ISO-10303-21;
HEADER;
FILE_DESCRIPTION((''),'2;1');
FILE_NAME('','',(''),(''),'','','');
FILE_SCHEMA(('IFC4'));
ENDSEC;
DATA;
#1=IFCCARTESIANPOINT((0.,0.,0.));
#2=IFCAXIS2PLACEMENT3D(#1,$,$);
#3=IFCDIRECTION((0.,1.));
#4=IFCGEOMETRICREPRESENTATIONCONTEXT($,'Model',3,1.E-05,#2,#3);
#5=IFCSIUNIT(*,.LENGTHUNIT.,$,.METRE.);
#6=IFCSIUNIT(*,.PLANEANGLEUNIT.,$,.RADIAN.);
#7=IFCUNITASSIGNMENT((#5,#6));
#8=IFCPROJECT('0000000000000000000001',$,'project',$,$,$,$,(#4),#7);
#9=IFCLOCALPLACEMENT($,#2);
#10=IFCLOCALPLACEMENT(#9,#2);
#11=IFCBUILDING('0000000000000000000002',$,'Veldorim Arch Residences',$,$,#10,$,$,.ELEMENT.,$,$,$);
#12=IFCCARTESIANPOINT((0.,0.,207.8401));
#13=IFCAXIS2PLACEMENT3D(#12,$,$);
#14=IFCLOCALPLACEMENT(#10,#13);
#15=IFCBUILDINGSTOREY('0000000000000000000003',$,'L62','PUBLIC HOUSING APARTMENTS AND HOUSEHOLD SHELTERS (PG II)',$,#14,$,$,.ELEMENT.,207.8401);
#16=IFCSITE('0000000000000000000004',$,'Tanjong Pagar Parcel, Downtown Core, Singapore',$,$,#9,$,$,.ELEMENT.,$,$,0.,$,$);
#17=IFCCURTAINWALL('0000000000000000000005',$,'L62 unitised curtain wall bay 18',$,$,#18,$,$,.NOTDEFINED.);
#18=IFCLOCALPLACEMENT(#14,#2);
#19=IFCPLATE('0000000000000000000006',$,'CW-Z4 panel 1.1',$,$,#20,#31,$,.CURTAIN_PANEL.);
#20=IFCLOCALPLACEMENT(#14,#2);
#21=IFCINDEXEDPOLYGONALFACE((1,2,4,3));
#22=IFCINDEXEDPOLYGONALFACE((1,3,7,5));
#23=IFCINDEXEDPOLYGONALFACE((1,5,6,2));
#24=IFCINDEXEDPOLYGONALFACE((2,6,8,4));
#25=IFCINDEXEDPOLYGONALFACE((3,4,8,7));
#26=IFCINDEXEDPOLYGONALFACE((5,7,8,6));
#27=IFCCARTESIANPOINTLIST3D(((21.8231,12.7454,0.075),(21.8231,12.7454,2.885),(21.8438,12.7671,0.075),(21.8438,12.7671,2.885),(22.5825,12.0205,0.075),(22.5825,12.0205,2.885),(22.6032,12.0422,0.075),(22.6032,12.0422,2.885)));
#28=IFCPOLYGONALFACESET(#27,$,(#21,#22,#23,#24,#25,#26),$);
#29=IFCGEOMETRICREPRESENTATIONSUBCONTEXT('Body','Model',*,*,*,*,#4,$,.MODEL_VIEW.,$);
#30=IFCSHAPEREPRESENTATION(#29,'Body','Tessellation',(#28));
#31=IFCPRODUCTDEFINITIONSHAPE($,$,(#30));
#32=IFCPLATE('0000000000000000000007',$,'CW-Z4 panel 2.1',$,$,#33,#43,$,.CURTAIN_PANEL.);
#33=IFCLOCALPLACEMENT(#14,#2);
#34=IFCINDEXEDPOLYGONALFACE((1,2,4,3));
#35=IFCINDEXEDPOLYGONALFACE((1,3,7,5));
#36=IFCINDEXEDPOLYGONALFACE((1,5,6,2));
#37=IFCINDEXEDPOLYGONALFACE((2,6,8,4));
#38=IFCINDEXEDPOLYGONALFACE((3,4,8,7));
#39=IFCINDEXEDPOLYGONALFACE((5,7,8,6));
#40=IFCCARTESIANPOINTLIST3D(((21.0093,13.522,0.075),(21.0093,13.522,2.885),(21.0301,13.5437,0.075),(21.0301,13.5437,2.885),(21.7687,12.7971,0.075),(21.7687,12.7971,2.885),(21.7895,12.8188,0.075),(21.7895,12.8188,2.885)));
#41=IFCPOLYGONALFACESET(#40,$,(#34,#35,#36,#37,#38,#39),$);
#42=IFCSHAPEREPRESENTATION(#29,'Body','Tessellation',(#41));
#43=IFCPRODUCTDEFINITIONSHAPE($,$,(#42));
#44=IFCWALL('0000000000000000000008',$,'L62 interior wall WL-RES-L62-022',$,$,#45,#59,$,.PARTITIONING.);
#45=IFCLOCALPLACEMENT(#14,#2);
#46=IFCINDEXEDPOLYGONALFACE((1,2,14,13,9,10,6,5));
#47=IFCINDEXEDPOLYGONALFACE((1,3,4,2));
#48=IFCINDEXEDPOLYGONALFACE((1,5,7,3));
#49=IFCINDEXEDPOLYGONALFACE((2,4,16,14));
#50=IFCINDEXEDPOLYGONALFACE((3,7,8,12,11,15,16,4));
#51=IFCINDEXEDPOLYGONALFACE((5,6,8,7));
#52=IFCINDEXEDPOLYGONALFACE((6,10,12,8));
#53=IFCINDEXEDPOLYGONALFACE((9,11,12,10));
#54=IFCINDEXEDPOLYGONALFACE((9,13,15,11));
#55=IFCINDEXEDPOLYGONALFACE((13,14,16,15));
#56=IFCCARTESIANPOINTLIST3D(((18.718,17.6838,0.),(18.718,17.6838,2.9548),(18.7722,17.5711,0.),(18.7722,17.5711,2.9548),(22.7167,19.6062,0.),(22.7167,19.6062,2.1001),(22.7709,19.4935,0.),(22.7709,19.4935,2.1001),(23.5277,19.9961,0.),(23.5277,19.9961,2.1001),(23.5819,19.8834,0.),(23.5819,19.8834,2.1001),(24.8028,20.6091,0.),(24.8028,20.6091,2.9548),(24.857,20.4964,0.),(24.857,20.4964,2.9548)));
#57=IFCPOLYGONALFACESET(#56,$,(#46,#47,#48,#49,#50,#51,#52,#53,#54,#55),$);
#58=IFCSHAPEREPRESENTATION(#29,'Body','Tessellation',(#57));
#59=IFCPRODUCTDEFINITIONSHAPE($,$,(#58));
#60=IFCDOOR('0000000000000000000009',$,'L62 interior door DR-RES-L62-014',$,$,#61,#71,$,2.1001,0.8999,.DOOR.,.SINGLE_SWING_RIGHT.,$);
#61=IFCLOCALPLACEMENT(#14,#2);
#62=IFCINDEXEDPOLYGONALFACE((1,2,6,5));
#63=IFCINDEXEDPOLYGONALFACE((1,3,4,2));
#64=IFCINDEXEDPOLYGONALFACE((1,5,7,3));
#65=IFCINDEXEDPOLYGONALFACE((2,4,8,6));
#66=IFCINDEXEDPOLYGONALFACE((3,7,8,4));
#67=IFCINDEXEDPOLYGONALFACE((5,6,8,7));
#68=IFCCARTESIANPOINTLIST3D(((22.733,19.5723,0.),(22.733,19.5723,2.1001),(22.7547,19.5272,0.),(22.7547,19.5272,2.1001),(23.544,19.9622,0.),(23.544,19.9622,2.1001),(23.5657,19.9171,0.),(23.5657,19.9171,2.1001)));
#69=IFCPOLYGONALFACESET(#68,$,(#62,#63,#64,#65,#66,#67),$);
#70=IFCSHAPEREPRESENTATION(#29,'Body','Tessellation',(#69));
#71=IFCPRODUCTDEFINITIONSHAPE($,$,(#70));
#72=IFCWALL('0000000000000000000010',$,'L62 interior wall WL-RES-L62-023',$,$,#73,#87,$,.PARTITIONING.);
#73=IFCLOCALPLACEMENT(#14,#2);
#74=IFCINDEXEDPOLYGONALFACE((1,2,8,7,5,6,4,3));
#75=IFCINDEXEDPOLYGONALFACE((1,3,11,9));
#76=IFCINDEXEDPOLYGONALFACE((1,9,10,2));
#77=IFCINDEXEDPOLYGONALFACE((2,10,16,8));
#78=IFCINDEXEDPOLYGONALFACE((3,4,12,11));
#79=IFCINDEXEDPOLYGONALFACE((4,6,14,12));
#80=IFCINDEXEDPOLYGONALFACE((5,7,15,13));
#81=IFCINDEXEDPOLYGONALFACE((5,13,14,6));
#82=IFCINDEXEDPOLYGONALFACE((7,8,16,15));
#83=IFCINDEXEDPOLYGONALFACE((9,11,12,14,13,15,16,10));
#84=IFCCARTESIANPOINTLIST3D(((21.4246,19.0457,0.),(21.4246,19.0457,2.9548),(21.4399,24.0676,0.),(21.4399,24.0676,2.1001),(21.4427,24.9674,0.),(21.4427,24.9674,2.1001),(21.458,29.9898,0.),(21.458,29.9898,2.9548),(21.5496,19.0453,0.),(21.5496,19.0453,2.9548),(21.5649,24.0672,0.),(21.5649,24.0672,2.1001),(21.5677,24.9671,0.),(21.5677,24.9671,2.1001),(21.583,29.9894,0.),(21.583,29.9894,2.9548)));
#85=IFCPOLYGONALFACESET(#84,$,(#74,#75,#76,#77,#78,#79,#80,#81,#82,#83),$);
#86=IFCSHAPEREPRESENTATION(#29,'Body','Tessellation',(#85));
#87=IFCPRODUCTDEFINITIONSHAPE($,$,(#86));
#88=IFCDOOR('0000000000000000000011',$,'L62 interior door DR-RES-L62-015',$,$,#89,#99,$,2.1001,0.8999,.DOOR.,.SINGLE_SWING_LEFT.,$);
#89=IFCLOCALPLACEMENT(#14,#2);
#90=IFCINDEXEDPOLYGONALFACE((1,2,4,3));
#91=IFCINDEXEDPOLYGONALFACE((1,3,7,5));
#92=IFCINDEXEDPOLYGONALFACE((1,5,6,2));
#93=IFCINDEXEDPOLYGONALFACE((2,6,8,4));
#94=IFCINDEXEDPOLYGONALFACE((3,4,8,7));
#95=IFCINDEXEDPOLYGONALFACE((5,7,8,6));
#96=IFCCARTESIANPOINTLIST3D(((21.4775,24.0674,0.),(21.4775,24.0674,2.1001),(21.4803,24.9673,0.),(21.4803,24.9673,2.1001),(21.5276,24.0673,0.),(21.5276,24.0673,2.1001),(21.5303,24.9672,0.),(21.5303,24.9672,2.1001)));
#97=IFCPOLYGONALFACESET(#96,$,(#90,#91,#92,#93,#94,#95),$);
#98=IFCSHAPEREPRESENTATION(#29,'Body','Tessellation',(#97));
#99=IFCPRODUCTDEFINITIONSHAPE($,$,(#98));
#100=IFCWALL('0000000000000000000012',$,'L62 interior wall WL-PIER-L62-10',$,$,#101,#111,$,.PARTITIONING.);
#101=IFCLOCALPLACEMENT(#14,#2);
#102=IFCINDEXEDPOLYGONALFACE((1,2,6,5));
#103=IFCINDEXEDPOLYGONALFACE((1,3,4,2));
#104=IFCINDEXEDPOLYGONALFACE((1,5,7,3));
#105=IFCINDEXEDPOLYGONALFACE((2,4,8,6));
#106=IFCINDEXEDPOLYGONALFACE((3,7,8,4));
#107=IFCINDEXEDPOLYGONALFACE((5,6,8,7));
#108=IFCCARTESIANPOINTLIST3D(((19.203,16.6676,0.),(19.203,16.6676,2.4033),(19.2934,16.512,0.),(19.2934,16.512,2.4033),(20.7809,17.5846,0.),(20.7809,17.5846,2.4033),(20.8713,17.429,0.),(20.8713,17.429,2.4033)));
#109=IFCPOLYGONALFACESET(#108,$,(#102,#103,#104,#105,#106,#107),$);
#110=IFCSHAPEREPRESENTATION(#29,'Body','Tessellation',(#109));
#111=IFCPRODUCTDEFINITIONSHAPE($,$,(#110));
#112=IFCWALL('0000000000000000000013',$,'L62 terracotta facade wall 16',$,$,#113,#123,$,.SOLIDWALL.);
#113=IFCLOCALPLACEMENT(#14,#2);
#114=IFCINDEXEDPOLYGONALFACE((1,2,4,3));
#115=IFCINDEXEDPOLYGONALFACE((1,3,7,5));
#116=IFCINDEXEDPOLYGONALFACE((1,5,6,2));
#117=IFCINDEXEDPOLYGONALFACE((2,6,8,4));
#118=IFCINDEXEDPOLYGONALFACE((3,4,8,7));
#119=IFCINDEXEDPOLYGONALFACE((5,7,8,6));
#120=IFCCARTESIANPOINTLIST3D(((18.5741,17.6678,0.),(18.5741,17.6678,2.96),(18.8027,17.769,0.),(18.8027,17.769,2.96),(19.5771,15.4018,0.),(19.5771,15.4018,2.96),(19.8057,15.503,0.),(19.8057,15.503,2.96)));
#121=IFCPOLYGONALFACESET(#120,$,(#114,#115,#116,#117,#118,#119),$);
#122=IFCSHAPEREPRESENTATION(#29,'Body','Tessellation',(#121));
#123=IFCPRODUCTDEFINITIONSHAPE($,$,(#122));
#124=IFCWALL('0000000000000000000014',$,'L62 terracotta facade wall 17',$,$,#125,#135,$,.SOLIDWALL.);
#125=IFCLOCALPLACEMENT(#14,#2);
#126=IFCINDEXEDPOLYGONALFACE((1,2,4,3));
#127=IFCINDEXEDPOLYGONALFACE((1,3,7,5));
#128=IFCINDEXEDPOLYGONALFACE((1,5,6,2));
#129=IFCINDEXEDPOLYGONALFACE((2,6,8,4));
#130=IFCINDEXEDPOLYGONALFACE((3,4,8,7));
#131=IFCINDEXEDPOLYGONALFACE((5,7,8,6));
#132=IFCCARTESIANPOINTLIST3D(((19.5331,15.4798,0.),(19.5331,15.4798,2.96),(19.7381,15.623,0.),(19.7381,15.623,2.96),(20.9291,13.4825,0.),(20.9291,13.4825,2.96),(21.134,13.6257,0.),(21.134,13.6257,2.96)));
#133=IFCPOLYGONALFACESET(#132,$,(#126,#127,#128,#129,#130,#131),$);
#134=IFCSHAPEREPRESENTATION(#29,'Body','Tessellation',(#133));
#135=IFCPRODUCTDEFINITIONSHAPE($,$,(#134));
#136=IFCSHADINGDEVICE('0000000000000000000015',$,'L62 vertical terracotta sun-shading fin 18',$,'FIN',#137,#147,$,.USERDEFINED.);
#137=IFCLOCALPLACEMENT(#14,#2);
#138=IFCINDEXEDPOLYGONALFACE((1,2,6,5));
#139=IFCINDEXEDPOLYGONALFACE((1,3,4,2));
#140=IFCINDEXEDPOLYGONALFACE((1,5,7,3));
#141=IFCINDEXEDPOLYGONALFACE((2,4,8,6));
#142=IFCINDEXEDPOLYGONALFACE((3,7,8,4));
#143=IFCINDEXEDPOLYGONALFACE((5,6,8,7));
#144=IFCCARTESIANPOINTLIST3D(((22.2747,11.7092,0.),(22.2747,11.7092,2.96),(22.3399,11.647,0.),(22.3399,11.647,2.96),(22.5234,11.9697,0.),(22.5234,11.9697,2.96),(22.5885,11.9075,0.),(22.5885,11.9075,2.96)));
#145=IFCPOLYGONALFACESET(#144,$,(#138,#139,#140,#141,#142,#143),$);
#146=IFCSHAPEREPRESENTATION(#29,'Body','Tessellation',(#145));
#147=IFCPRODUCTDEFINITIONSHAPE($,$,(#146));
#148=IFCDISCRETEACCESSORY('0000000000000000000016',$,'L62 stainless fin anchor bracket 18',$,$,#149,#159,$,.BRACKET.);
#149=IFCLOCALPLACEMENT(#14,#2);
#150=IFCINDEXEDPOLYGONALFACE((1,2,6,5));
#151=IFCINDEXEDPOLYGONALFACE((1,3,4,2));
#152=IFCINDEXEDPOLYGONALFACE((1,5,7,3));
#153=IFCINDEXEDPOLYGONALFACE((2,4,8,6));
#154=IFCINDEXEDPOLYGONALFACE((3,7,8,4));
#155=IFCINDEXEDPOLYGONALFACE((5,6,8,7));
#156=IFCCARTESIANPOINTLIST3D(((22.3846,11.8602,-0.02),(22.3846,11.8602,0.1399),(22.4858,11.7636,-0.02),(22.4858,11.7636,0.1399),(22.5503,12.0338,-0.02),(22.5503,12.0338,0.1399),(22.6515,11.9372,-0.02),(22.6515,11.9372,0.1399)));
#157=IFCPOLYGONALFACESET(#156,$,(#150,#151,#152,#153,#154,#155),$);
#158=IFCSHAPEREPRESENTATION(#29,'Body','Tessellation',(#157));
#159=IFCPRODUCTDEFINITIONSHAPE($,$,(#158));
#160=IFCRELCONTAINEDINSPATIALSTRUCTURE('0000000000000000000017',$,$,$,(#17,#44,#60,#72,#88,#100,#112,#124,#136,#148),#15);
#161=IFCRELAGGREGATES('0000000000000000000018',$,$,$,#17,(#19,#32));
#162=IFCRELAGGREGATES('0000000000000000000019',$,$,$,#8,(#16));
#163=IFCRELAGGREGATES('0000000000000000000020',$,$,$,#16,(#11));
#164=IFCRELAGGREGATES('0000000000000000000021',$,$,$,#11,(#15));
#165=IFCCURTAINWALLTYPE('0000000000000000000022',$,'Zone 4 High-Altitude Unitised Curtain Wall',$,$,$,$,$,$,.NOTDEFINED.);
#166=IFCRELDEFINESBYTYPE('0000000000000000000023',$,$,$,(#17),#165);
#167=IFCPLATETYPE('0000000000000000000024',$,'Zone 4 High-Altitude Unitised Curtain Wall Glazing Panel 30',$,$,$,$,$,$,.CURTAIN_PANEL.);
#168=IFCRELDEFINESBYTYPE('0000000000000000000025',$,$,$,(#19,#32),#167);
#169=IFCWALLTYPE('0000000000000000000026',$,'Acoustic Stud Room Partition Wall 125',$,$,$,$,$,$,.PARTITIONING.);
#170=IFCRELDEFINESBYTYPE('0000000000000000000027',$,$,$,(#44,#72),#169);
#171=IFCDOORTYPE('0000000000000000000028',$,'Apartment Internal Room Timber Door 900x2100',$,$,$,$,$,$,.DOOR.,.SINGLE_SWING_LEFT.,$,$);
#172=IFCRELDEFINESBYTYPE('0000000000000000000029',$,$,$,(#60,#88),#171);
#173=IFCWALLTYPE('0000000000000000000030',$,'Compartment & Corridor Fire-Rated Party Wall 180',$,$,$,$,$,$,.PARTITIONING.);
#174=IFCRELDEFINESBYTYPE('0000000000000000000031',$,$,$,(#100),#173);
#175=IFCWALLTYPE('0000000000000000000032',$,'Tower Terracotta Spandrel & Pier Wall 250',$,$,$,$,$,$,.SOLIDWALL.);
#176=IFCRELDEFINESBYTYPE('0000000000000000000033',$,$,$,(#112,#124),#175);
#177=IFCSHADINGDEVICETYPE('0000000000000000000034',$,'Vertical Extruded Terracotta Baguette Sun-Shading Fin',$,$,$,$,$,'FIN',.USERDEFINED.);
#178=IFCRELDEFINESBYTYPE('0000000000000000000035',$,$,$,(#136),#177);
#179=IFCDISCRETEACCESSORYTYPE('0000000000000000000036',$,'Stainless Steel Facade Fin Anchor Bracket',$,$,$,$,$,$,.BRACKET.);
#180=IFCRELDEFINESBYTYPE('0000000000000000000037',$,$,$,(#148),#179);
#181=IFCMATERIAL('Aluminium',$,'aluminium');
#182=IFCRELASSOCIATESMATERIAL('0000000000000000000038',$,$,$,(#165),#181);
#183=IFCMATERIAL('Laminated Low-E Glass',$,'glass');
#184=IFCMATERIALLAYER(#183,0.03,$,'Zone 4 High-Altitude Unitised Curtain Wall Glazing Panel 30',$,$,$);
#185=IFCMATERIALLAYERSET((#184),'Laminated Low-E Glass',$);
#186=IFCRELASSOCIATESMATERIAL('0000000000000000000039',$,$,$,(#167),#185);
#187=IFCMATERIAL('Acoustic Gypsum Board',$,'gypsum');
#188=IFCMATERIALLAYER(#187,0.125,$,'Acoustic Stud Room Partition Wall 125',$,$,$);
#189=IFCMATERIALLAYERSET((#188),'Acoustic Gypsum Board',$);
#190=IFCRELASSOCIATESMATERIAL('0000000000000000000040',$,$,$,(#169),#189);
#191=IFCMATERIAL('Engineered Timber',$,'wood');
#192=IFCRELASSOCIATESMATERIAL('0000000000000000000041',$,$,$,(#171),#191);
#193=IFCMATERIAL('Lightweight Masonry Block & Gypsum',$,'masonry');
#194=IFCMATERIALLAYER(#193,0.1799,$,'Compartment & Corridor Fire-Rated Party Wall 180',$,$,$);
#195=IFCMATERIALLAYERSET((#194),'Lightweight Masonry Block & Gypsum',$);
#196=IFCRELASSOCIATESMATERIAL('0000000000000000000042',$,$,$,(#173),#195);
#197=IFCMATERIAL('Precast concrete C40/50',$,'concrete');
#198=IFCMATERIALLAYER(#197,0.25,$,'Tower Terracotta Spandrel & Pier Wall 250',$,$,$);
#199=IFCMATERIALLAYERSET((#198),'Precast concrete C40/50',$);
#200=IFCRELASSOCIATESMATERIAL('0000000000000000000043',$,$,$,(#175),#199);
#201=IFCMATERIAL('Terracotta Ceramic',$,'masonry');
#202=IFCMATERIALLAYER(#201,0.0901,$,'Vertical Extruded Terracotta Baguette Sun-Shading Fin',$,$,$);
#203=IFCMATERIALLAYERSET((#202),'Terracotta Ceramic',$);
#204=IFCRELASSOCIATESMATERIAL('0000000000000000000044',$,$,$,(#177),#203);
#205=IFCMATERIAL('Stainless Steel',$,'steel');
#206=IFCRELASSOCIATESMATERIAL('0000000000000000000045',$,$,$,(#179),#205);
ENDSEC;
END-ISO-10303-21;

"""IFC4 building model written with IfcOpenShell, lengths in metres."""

from ifc_helpers import new_model, si_unit, direction, frame, frame_2d, origin, origin_2d, place, context, subcontext, project, spatial, rectangle, extrude, material, layer, layer_set, type_object, element, fill, aggregate, save


model = new_model("IFC4")

# Units and contexts
model_context = context("Model", 3, precision=1e-05, world=origin(), true_north=direction((0.0, 1.0)))
body_context = subcontext(model_context, "Body", "Model", "MODEL_VIEW")
ifc_project = project(units=[si_unit("LENGTHUNIT", "METRE"), si_unit("PLANEANGLEUNIT", "RADIAN")], contexts=[model_context])

# Site, building, storey
site_placement = place(None, origin())
site = spatial("IfcSite", under=ifc_project, at=site_placement, Name="Tanjong Pagar Parcel, Downtown Core, Singapore", CompositionType="ELEMENT", RefElevation=0.0)
building_placement = place(site_placement, origin())
building = spatial("IfcBuilding", under=site, at=building_placement, Name="Veldorim Arch Residences", CompositionType="ELEMENT")
storey_placement = place(building_placement, frame((0.0, 0.0, 207.8401)))
storey = spatial("IfcBuildingStorey", under=building, at=storey_placement, Name="L62", Description="PUBLIC HOUSING APARTMENTS AND HOUSEHOLD SHELTERS (PG II)", CompositionType="ELEMENT", Elevation=207.8401)

# Shared definitions
ifc_material_1 = material(Name="Aluminium", Category="aluminium")
curtain_wall_type = type_object("IfcCurtainWallType", Name="Zone 4 High-Altitude Unitised Curtain Wall", PredefinedType="NOTDEFINED", material=ifc_material_1)

# Curtain wall
curtain_wall_1_placement = place(storey_placement, origin())
curtain_wall_1 = element("IfcCurtainWall", 1, at=curtain_wall_1_placement, inside=storey, type_object=curtain_wall_type, Name="L62 unitised curtain wall bay 18", PredefinedType="NOTDEFINED")

# Plates
ifc_material_2 = material(Name="Laminated Low-E Glass", Category="glass")
ifc_layer_1 = layer(ifc_material_2, 0.03, Name="Zone 4 High-Altitude Unitised Curtain Wall Glazing Panel 30")
ifc_layer_set_1 = layer_set([ifc_layer_1], Name="Laminated Low-E Glass")
plate_type = type_object("IfcPlateType", Name="Zone 4 High-Altitude Unitised Curtain Wall Glazing Panel 30", PredefinedType="CURTAIN_PANEL", material=ifc_layer_set_1)
plate_1_placement = place(storey_placement, frame((22.2131, 12.3938, 0.075), z_axis=(0.0, 0.0, 1.0), x_axis=(-0.723369, 0.690461, 0.0)))
plate_1 = element("IfcPlate", 2, at=plate_1_placement, type_object=plate_type, Name="CW-Z4 panel 1.1", PredefinedType="CURTAIN_PANEL", context=body_context, shape_type="SweptSolid", body=[
    extrude(rectangle(XDim=1.0498, YDim=0.03, at=origin_2d()), origin(), (0.0, 0.0, 1.0), 2.8101),
])
plate_2_placement = place(storey_placement, frame((21.3994, 13.1704, 0.075), z_axis=(0.0, 0.0, 1.0), x_axis=(-0.723369, 0.690461, 0.0)))
plate_2 = element("IfcPlate", 3, at=plate_2_placement, type_object=plate_type, Name="CW-Z4 panel 2.1", PredefinedType="CURTAIN_PANEL", context=body_context, shape_type="SweptSolid", body=[
    extrude(rectangle(XDim=1.0498, YDim=0.03, at=origin_2d()), origin(), (0.0, 0.0, 1.0), 2.8101),
])
aggregate(curtain_wall_1, [plate_1, plate_2])

# Walls, openings, doors
ifc_material_3 = material(Name="Acoustic Gypsum Board", Category="gypsum")
ifc_layer_2 = layer(ifc_material_3, 0.125, Name="Acoustic Stud Room Partition Wall 125")
ifc_layer_set_2 = layer_set([ifc_layer_2], Name="Acoustic Gypsum Board")
wall_type_1 = type_object("IfcWallType", Name="Acoustic Stud Room Partition Wall 125", PredefinedType="PARTITIONING", material=ifc_layer_set_2)
wall_1_placement = place(storey_placement, frame((18.7451, 17.6274, 0.0), z_axis=(0.0, 0.0, 1.0), x_axis=(0.901255, 0.433288, 0.0)))
wall_1 = element("IfcWall", 4, at=wall_1_placement, inside=storey, type_object=wall_type_1, Name="L62 interior wall WL-RES-L62-022", PredefinedType="PARTITIONING", context=body_context, shape_type="SweptSolid", body=[
    extrude(rectangle(XDim=6.7515, YDim=0.125, at=frame_2d((3.3757, 0.0))), origin(), (0.0, 0.0, 1.0), 2.9548),
])
opening_1_placement = place(wall_1_placement, frame((4.4368, 0.0, 0.0)))
opening_1 = element("IfcOpeningElement", 5, at=opening_1_placement, cuts=wall_1, PredefinedType="OPENING", context=body_context, shape_type="SweptSolid", body=[
    extrude(rectangle(XDim=0.8999, YDim=2.1001, at=frame_2d((0.45, 1.05))), frame((0.0, 0.0725, 0.0), z_axis=(0.0, -1.0, 0.0), x_axis=(1.0, 0.0, 0.0)), (0.0, 0.0, 1.0), 0.145),
])
ifc_material_4 = material(Name="Engineered Timber", Category="wood")
door_type = type_object("IfcDoorType", Name="Apartment Internal Room Timber Door 900x2100", OperationType="SINGLE_SWING_LEFT", PredefinedType="DOOR", material=ifc_material_4)
door_1_placement = place(opening_1_placement, origin())
door_1 = element("IfcDoor", 6, at=door_1_placement, inside=storey, type_object=door_type, Name="L62 interior door DR-RES-L62-014", OperationType="SINGLE_SWING_RIGHT", OverallHeight=2.1001, OverallWidth=0.8999, PredefinedType="DOOR", context=body_context, shape_type="SweptSolid", body=[
    extrude(rectangle(XDim=0.8999, YDim=2.1001, at=frame_2d((0.45, 1.05))), frame((0.0, 0.0249, 0.0), z_axis=(0.0, -1.0, 0.0), x_axis=(1.0, 0.0, 0.0)), (0.0, 0.0, 1.0), 0.05),
])
fill(opening_1, door_1)
wall_2_placement = place(storey_placement, frame((21.4871, 19.0454, 0.0), z_axis=(0.0, 0.0, 1.0), x_axis=(0.003056, 0.999995, 0.0)))
wall_2 = element("IfcWall", 7, at=wall_2_placement, inside=storey, type_object=wall_type_1, Name="L62 interior wall WL-RES-L62-023", PredefinedType="PARTITIONING", context=body_context, shape_type="SweptSolid", body=[
    extrude(rectangle(XDim=10.9441, YDim=0.125, at=frame_2d((5.4722, 0.0))), origin(), (0.0, 0.0, 1.0), 2.9548),
])
opening_2_placement = place(wall_2_placement, frame((5.022, 0.0, 0.0)))
opening_2 = element("IfcOpeningElement", 8, at=opening_2_placement, cuts=wall_2, PredefinedType="OPENING", context=body_context, shape_type="SweptSolid", body=[
    extrude(rectangle(XDim=0.8999, YDim=2.1001, at=frame_2d((0.45, 1.05))), frame((0.0, 0.0725, 0.0), z_axis=(0.0, -1.0, 0.0), x_axis=(1.0, 0.0, 0.0)), (0.0, 0.0, 1.0), 0.145),
])
door_2_placement = place(opening_2_placement, origin())
door_2 = element("IfcDoor", 9, at=door_2_placement, inside=storey, type_object=door_type, Name="L62 interior door DR-RES-L62-015", OperationType="SINGLE_SWING_LEFT", OverallHeight=2.1001, OverallWidth=0.8999, PredefinedType="DOOR", context=body_context, shape_type="SweptSolid", body=[
    extrude(rectangle(XDim=0.8999, YDim=2.1001, at=frame_2d((0.45, 1.05))), frame((0.0, 0.0249, 0.0), z_axis=(0.0, -1.0, 0.0), x_axis=(1.0, 0.0, 0.0)), (0.0, 0.0, 1.0), 0.05),
])
fill(opening_2, door_2)

# Walls
ifc_material_5 = material(Name="Lightweight Masonry Block & Gypsum", Category="masonry")
ifc_layer_3 = layer(ifc_material_5, 0.1799, Name="Compartment & Corridor Fire-Rated Party Wall 180")
ifc_layer_set_3 = layer_set([ifc_layer_3], Name="Lightweight Masonry Block & Gypsum")
wall_type_2 = type_object("IfcWallType", Name="Compartment & Corridor Fire-Rated Party Wall 180", PredefinedType="PARTITIONING", material=ifc_layer_set_3)
wall_3_placement = place(storey_placement, frame((20.8262, 17.5068, 0.0), z_axis=(0.0, 0.0, 1.0), x_axis=(-0.864598, -0.502465, 0.0)))
element("IfcWall", 10, at=wall_3_placement, inside=storey, type_object=wall_type_2, Name="L62 interior wall WL-PIER-L62-10", PredefinedType="PARTITIONING", context=body_context, shape_type="SweptSolid", body=[
    extrude(rectangle(XDim=1.825, YDim=0.1799, at=frame_2d((0.9126, 0.0))), origin(), (0.0, 0.0, 1.0), 2.4033),
])
ifc_material_6 = material(Name="Precast concrete C40/50", Category="concrete")
ifc_layer_4 = layer(ifc_material_6, 0.25, Name="Tower Terracotta Spandrel & Pier Wall 250")
ifc_layer_set_4 = layer_set([ifc_layer_4], Name="Precast concrete C40/50")
wall_type_3 = type_object("IfcWallType", Name="Tower Terracotta Spandrel & Pier Wall 250", PredefinedType="SOLIDWALL", material=ifc_layer_set_4)
wall_4_placement = place(storey_placement, frame((19.6914, 15.4524, 0.0), z_axis=(0.0, 0.0, 1.0), x_axis=(-0.404748, 0.914428, 0.0)))
element("IfcWall", 11, at=wall_4_placement, inside=storey, type_object=wall_type_3, Name="L62 terracotta facade wall 16", PredefinedType="SOLIDWALL", context=body_context, shape_type="SweptSolid", body=[
    extrude(rectangle(XDim=2.478, YDim=0.25, at=frame_2d((1.239, 0.0))), origin(), (0.0, 0.0, 1.0), 2.96),
])
wall_5_placement = place(storey_placement, frame((21.0315, 13.5542, 0.0), z_axis=(0.0, 0.0, 1.0), x_axis=(-0.572877, 0.819641, 0.0)))
element("IfcWall", 12, at=wall_5_placement, inside=storey, type_object=wall_type_3, Name="L62 terracotta facade wall 17", PredefinedType="SOLIDWALL", context=body_context, shape_type="SweptSolid", body=[
    extrude(rectangle(XDim=2.4368, YDim=0.25, at=frame_2d((1.2183, 0.0))), origin(), (0.0, 0.0, 1.0), 2.96),
])

# Shading device
ifc_material_7 = material(Name="Terracotta Ceramic", Category="masonry")
ifc_layer_5 = layer(ifc_material_7, 0.0901, Name="Vertical Extruded Terracotta Baguette Sun-Shading Fin")
ifc_layer_set_5 = layer_set([ifc_layer_5], Name="Terracotta Ceramic")
shading_device_type = type_object("IfcShadingDeviceType", Name="Vertical Extruded Terracotta Baguette Sun-Shading Fin", ElementType="FIN", PredefinedType="USERDEFINED", material=ifc_layer_set_5)
shading_device_placement = place(storey_placement, frame((22.4316, 11.8083, 0.0), z_axis=(0.0, 0.0, 1.0), x_axis=(-0.723329, 0.690504, 0.0)))
element("IfcShadingDevice", 13, at=shading_device_placement, inside=storey, type_object=shading_device_type, Name="L62 vertical terracotta sun-shading fin 18", ObjectType="FIN", PredefinedType="USERDEFINED", context=body_context, shape_type="SweptSolid", body=[
    extrude(rectangle(XDim=0.0901, YDim=0.3601, at=origin_2d()), origin(), (0.0, 0.0, 1.0), 2.96),
])

# Discrete accessory
ifc_material_8 = material(Name="Stainless Steel", Category="steel")
discrete_accessory_type = type_object("IfcDiscreteAccessoryType", Name="Stainless Steel Facade Fin Anchor Bracket", PredefinedType="BRACKET", material=ifc_material_8)
discrete_accessory_placement = place(storey_placement, frame((22.5181, 11.8987, -0.02), z_axis=(0.0, 0.0, 1.0), x_axis=(-0.723329, 0.690504, 0.0)))
element("IfcDiscreteAccessory", 14, at=discrete_accessory_placement, inside=storey, type_object=discrete_accessory_type, Name="L62 stainless fin anchor bracket 18", PredefinedType="BRACKET", context=body_context, shape_type="SweptSolid", body=[
    extrude(rectangle(XDim=0.1399, YDim=0.24, at=origin_2d()), origin(), (0.0, 0.0, 1.0), 0.1599),
])

save(model, "model.ifc")
